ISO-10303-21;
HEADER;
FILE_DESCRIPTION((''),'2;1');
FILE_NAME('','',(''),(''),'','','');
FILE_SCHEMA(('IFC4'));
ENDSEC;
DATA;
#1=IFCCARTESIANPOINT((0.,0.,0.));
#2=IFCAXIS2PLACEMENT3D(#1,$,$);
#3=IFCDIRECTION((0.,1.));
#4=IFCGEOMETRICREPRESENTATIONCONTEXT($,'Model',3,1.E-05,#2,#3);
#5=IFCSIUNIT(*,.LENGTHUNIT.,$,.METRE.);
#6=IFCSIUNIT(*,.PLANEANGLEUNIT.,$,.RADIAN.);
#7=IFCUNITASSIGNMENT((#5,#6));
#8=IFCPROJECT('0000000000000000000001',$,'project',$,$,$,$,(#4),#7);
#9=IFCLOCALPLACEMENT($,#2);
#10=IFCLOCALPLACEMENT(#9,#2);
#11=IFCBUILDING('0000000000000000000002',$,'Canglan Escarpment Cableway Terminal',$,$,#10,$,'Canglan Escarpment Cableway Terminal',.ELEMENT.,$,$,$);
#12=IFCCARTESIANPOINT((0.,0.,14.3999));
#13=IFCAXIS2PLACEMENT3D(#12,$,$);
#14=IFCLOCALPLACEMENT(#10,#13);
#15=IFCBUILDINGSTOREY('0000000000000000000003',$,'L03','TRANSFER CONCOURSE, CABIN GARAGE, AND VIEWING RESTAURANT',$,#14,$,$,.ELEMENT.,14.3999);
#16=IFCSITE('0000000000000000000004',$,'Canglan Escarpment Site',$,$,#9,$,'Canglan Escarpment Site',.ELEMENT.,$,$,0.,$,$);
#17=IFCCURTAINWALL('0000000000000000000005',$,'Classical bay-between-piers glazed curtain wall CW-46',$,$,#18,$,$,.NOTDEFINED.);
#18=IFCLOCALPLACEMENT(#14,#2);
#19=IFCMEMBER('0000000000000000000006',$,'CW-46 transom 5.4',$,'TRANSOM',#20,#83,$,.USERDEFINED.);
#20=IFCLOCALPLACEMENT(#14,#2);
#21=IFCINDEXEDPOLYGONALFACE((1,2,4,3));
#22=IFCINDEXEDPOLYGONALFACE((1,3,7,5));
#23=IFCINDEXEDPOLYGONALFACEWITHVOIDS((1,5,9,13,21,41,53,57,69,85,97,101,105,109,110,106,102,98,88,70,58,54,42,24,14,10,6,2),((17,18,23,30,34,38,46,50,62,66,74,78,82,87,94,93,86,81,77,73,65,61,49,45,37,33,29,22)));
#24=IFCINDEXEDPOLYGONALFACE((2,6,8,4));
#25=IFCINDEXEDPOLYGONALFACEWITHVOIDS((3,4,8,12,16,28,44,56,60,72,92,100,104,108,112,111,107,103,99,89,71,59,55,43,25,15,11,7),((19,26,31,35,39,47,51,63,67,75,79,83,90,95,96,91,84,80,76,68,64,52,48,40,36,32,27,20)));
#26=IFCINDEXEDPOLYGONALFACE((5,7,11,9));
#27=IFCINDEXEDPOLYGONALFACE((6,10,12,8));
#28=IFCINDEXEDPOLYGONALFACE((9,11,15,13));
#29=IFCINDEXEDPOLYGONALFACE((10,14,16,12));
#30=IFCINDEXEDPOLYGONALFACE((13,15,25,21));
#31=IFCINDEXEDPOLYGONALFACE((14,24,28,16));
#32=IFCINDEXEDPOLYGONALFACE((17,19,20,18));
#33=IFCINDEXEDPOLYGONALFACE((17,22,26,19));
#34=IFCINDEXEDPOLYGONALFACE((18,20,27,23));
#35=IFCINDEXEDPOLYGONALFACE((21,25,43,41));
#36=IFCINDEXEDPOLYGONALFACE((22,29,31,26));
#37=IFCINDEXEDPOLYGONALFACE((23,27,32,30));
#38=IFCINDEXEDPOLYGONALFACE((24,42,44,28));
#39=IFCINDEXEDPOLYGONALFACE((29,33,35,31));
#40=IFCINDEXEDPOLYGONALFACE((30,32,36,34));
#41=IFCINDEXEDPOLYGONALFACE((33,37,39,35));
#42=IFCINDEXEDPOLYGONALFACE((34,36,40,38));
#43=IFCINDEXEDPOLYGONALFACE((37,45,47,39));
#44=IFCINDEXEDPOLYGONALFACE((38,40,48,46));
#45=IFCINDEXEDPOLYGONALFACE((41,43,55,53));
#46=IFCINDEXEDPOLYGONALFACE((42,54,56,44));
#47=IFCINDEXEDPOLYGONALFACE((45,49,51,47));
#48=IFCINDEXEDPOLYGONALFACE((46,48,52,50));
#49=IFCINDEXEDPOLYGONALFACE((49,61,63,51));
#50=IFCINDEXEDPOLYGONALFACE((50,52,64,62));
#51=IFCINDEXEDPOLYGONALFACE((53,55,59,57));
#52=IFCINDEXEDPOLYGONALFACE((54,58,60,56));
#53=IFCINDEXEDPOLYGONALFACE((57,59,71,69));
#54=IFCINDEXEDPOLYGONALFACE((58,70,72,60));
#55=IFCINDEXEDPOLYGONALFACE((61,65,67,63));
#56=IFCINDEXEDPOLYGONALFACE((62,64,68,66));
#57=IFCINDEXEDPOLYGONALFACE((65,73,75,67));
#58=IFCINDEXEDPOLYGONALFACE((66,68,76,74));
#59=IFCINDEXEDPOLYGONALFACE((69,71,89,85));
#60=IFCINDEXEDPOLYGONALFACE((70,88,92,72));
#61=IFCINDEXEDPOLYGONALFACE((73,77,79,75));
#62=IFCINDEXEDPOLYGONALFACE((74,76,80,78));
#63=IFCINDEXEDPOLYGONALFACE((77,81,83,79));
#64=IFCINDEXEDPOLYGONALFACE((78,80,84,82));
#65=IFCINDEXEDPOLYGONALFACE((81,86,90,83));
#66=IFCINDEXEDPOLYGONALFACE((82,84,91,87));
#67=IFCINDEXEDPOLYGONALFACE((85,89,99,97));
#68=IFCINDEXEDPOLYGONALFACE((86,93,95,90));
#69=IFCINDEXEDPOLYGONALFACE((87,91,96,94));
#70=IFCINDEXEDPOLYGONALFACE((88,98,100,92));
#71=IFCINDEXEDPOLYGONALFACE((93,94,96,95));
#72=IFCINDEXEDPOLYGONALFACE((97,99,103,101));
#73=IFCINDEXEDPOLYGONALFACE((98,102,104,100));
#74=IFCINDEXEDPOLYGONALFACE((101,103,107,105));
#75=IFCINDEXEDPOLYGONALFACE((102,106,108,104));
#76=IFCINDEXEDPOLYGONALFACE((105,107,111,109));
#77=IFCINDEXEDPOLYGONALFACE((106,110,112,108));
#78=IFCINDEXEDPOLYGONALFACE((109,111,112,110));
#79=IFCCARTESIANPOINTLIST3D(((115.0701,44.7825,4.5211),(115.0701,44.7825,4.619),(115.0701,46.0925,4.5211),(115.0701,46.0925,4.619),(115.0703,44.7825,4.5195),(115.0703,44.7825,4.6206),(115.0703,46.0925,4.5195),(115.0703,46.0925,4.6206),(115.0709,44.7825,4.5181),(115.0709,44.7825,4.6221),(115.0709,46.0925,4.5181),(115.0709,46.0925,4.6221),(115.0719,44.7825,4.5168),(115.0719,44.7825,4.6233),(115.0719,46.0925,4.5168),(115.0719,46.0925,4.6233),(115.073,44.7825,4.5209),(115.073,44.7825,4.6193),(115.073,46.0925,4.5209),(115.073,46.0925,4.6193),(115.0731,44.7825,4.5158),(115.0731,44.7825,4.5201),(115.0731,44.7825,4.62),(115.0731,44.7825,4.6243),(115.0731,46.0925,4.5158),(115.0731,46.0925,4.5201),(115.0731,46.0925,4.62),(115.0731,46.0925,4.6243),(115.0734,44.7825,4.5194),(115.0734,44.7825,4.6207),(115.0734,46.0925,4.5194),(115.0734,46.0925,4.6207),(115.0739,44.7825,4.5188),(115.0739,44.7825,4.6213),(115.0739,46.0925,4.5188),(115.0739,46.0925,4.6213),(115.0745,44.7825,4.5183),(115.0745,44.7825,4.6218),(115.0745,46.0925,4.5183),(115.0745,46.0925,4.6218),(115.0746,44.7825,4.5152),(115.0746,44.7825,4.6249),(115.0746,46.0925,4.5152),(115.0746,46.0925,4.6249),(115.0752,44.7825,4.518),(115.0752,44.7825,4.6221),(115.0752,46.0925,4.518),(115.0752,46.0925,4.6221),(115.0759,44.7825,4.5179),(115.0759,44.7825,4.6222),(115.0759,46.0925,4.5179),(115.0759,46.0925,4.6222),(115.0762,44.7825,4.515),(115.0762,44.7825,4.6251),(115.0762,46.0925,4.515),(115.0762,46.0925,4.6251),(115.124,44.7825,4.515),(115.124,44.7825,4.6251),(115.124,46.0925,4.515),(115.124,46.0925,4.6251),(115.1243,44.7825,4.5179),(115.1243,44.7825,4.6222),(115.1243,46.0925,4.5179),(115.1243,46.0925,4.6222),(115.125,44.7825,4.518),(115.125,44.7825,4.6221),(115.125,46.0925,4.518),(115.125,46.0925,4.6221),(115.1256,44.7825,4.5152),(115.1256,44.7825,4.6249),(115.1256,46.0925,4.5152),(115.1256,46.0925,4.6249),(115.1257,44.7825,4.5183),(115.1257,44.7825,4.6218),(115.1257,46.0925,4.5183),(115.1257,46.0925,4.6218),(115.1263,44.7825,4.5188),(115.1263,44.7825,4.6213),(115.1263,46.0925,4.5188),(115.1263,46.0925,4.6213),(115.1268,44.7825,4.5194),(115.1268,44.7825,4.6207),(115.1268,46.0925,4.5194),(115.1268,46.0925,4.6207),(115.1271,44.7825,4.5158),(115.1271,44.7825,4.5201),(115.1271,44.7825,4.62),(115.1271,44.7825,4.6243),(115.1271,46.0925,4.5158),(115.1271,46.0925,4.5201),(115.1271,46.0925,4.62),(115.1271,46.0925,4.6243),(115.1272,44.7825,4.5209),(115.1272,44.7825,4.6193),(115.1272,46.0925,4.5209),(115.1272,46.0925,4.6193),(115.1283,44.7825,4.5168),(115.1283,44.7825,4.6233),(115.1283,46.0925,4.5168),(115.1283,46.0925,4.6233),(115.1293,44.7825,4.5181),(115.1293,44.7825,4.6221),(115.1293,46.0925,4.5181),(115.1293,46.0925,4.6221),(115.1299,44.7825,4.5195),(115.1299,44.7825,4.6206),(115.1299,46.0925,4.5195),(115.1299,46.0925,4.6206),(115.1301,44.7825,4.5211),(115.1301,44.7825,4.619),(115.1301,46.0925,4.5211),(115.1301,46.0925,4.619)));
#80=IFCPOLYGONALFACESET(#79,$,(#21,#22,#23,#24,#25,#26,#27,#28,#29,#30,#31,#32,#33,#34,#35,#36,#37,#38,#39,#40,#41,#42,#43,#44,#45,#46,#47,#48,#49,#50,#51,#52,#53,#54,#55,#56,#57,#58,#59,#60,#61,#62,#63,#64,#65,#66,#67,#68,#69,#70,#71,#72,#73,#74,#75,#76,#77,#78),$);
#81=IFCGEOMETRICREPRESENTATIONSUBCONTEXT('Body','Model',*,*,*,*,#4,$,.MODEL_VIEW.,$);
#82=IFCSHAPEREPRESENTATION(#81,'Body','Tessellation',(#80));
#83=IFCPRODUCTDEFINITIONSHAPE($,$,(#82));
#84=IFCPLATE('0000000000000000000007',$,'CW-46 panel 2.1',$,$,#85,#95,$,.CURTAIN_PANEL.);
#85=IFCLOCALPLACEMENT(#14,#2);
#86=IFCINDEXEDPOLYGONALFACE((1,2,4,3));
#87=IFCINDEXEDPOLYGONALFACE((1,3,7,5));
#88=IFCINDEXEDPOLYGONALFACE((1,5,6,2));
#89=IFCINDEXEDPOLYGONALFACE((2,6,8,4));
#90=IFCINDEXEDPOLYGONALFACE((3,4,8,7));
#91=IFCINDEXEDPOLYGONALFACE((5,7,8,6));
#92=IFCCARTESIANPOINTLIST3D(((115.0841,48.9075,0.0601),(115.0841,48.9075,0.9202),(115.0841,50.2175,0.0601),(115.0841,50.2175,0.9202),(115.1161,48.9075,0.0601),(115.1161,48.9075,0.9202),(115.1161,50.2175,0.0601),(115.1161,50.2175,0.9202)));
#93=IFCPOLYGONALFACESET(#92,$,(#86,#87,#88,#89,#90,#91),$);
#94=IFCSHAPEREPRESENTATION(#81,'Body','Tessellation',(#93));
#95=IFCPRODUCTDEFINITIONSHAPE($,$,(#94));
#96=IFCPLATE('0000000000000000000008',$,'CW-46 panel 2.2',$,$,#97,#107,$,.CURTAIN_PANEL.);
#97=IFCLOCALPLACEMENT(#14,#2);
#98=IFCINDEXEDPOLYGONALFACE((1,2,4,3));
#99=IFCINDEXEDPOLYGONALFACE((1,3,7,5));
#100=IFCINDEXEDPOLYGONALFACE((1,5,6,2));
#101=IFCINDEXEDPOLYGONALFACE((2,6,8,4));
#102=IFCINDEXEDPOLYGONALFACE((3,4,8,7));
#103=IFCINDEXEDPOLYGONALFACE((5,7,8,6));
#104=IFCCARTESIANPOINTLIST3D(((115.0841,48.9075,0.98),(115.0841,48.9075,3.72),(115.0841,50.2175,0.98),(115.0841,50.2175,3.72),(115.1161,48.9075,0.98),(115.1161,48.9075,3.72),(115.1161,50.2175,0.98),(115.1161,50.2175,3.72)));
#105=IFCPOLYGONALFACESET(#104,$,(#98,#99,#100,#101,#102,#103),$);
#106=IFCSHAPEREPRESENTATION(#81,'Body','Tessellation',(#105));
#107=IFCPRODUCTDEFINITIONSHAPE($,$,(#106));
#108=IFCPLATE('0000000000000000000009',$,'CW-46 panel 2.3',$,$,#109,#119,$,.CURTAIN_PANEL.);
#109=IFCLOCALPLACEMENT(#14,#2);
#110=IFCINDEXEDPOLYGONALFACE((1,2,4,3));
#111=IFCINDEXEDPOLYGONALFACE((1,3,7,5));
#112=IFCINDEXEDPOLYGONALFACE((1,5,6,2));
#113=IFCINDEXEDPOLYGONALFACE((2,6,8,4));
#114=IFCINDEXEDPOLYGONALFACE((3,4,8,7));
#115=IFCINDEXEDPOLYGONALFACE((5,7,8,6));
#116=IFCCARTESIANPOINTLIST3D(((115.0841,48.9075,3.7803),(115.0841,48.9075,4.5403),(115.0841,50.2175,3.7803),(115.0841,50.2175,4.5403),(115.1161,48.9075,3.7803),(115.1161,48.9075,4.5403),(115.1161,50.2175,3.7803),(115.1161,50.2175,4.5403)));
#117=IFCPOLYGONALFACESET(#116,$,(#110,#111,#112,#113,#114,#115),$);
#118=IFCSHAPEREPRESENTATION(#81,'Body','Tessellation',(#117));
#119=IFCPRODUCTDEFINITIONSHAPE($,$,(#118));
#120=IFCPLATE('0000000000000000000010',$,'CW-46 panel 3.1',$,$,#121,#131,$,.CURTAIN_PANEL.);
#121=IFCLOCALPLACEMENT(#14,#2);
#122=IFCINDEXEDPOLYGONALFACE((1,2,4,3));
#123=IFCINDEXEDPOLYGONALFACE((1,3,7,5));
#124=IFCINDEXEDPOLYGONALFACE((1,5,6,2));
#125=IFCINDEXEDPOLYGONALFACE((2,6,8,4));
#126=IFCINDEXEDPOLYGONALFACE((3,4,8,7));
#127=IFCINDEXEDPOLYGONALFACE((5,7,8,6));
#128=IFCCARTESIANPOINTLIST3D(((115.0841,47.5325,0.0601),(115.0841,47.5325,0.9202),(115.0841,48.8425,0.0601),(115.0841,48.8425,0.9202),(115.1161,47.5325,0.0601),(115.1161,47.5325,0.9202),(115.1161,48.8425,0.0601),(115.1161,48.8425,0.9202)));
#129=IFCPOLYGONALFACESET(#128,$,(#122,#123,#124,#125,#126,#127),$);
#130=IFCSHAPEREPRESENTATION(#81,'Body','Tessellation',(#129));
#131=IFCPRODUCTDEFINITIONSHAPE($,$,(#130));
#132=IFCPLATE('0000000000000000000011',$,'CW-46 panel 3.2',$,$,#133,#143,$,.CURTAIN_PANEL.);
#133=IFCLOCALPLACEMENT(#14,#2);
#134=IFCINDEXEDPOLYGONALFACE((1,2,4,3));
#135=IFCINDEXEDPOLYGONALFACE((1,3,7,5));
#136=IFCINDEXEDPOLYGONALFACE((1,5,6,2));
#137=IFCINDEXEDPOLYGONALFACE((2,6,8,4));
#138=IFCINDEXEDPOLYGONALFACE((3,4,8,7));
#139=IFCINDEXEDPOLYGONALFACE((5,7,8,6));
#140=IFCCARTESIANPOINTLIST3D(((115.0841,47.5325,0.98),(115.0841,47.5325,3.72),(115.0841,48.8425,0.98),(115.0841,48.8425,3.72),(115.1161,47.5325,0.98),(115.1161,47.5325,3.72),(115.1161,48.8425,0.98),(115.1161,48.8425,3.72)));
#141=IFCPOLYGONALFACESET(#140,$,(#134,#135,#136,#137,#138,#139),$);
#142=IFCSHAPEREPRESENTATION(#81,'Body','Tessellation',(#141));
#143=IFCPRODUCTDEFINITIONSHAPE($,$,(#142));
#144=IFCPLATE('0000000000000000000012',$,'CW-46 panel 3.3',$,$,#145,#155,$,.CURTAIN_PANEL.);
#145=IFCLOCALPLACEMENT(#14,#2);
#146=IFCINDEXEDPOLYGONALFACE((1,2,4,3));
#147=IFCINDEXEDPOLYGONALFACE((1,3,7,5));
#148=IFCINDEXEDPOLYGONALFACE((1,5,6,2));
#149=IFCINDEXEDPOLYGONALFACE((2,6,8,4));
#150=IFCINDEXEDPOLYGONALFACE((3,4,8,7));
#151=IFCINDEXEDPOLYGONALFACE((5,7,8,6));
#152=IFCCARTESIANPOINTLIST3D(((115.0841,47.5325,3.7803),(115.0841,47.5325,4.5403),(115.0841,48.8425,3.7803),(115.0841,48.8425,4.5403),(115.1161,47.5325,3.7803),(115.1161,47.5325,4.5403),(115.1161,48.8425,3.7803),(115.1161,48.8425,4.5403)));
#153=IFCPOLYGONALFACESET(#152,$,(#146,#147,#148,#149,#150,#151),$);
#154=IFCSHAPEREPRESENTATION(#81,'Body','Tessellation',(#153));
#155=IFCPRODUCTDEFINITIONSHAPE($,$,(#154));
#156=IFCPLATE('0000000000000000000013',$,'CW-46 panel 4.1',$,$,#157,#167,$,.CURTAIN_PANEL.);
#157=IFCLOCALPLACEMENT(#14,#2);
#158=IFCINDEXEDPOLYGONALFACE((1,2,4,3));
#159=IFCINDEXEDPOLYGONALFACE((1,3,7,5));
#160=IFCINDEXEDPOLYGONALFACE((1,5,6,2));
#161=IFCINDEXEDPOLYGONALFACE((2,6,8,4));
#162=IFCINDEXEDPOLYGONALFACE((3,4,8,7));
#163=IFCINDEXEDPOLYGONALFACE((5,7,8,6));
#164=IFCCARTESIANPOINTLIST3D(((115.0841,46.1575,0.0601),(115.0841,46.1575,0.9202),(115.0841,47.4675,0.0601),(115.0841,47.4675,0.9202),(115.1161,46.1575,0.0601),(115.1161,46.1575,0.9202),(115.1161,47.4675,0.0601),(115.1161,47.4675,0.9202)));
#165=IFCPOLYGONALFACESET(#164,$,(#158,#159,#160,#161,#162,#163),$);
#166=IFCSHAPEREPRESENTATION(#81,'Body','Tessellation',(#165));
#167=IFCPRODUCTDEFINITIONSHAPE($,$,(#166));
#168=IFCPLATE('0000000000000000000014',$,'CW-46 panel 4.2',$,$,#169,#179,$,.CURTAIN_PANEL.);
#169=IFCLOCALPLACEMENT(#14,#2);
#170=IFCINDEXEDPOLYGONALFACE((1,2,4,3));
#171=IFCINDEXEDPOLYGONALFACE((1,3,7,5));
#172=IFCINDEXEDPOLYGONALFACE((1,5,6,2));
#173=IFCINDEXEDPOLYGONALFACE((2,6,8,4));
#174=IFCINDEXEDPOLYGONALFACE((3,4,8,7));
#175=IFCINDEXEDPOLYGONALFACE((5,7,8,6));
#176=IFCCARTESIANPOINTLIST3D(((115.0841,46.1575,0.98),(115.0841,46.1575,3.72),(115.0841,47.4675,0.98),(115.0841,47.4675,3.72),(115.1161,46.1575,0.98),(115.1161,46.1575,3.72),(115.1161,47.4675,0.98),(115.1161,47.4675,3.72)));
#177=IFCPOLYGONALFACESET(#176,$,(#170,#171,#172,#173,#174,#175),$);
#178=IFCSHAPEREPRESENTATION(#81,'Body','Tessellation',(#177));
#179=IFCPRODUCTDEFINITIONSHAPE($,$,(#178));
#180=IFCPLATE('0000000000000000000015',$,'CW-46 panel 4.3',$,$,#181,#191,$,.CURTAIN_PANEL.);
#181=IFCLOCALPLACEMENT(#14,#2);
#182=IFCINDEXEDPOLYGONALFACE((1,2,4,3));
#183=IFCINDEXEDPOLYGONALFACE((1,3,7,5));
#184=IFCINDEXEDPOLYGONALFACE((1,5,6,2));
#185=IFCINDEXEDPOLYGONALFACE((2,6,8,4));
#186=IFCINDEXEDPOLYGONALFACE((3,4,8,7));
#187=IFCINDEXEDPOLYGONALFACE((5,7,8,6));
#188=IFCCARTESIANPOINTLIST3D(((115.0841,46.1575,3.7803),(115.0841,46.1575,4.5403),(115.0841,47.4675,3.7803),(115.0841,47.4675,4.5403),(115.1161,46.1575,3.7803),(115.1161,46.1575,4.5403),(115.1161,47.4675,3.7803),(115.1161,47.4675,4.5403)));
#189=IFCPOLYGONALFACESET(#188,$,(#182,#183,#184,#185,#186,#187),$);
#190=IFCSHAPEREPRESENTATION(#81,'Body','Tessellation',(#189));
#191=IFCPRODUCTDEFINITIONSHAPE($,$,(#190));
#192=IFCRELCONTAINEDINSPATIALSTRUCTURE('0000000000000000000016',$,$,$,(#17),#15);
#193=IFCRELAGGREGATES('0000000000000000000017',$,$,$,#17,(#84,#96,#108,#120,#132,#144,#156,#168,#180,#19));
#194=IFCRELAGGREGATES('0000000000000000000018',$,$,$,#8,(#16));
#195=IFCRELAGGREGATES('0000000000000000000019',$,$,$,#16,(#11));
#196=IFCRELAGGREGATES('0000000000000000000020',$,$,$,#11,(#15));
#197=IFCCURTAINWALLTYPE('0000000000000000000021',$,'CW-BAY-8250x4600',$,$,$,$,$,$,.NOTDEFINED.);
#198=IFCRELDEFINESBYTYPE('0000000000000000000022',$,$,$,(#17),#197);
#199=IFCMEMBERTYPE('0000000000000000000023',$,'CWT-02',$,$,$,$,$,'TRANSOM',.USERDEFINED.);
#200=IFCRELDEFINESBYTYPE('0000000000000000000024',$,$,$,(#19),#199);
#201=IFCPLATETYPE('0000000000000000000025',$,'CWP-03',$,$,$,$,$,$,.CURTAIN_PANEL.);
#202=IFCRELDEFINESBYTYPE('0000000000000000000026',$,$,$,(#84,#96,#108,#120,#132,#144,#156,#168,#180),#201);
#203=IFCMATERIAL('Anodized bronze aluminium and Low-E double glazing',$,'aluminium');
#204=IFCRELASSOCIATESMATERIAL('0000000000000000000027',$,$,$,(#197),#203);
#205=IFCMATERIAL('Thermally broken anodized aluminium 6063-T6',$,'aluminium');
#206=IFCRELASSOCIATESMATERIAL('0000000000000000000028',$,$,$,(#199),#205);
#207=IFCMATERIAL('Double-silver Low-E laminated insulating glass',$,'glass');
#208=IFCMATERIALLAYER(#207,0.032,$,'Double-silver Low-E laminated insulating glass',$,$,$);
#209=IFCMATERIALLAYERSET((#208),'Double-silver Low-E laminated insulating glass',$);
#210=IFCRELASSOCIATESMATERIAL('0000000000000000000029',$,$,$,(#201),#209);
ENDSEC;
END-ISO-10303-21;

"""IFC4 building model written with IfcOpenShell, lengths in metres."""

from ifc_helpers import new_model, si_unit, direction, frame, origin, origin_2d, place, context, subcontext, project, spatial, rectangle, hollow_rectangle, extrude, material, layer, layer_set, material_profile, profile_set, type_object, element, aggregate, save


model = new_model("IFC4")

# Units and contexts
model_context = context("Model", 3, precision=1e-05, world=origin(), true_north=direction((0.0, 1.0)))
body_context = subcontext(model_context, "Body", "Model", "MODEL_VIEW")
ifc_project = project(units=[si_unit("LENGTHUNIT", "METRE"), si_unit("PLANEANGLEUNIT", "RADIAN")], contexts=[model_context])

# Site, building, storey
site_placement = place(None, origin())
site = spatial("IfcSite", under=ifc_project, at=site_placement, Name="Canglan Escarpment Site", LongName="Canglan Escarpment Site", CompositionType="ELEMENT", RefElevation=0.0)
building_placement = place(site_placement, origin())
building = spatial("IfcBuilding", under=site, at=building_placement, Name="Canglan Escarpment Cableway Terminal", LongName="Canglan Escarpment Cableway Terminal", CompositionType="ELEMENT")
storey_placement = place(building_placement, frame((0.0, 0.0, 14.3999)))
storey = spatial("IfcBuildingStorey", under=building, at=storey_placement, Name="L03", Description="TRANSFER CONCOURSE, CABIN GARAGE, AND VIEWING RESTAURANT", CompositionType="ELEMENT", Elevation=14.3999)

# Curtain wall, member, plates
ifc_material_1 = material(Name="Anodized bronze aluminium and Low-E double glazing", Category="aluminium")
curtain_wall_type = type_object("IfcCurtainWallType", Name="CW-BAY-8250x4600", PredefinedType="NOTDEFINED", material=ifc_material_1)
curtain_wall_placement = place(storey_placement, origin())
curtain_wall = element("IfcCurtainWall", 1, at=curtain_wall_placement, inside=storey, type_object=curtain_wall_type, Name="Classical bay-between-piers glazed curtain wall CW-46", PredefinedType="NOTDEFINED")
ifc_material_2 = material(Name="Thermally broken anodized aluminium 6063-T6", Category="aluminium")
ifc_material_profile_1 = material_profile(ifc_material_2, hollow_rectangle(XDim=0.0601, YDim=0.1101, WallThickness=0.0029, InnerFilletRadius=0.0029, OuterFilletRadius=0.0061, at=origin_2d()), Name="ALU-TRAN 60x110x3")
ifc_profile_set_1 = profile_set([ifc_material_profile_1], Name="Thermally broken anodized aluminium 6063-T6")
member_type_1 = type_object("IfcMemberType", Name="CWT-02", ElementType="TRANSOM", PredefinedType="USERDEFINED", material=ifc_profile_set_1)
member_1_placement = place(storey_placement, frame((115.1001, 46.0925, 4.5701), z_axis=(0.0, -1.0, 0.0), x_axis=(1.0, 0.0, 0.0)))
member_1 = element("IfcMember", 2, at=member_1_placement, type_object=member_type_1, Name="CW-46 transom 5.4", ObjectType="TRANSOM", PredefinedType="USERDEFINED", context=body_context, shape_type="SweptSolid", body=[
    extrude(hollow_rectangle(XDim=0.0601, YDim=0.1101, WallThickness=0.0029, InnerFilletRadius=0.0029, OuterFilletRadius=0.0061, at=origin_2d()), origin(), (0.0, 0.0, 1.0), 1.3101),
])
ifc_material_3 = material(Name="Double-silver Low-E laminated insulating glass", Category="glass")
ifc_layer_1 = layer(ifc_material_3, 0.032, Name="Double-silver Low-E laminated insulating glass")
ifc_layer_set_1 = layer_set([ifc_layer_1], Name="Double-silver Low-E laminated insulating glass")
plate_type = type_object("IfcPlateType", Name="CWP-03", PredefinedType="CURTAIN_PANEL", material=ifc_layer_set_1)
plate_1_placement = place(storey_placement, frame((115.1001, 49.5625, 0.0601), z_axis=(0.0, 0.0, 1.0), x_axis=(0.0, -1.0, 0.0)))
plate_1 = element("IfcPlate", 3, at=plate_1_placement, type_object=plate_type, Name="CW-46 panel 2.1", PredefinedType="CURTAIN_PANEL", context=body_context, shape_type="SweptSolid", body=[
    extrude(rectangle(XDim=1.3101, YDim=0.032, at=origin_2d()), origin(), (0.0, 0.0, 1.0), 0.8601),
])
plate_2_placement = place(storey_placement, frame((115.1001, 49.5625, 0.98), z_axis=(0.0, 0.0, 1.0), x_axis=(0.0, -1.0, 0.0)))
plate_2 = element("IfcPlate", 4, at=plate_2_placement, type_object=plate_type, Name="CW-46 panel 2.2", PredefinedType="CURTAIN_PANEL", context=body_context, shape_type="SweptSolid", body=[
    extrude(rectangle(XDim=1.3101, YDim=0.032, at=origin_2d()), origin(), (0.0, 0.0, 1.0), 2.74),
])
plate_3_placement = place(storey_placement, frame((115.1001, 49.5625, 3.7803), z_axis=(0.0, 0.0, 1.0), x_axis=(0.0, -1.0, 0.0)))
plate_3 = element("IfcPlate", 5, at=plate_3_placement, type_object=plate_type, Name="CW-46 panel 2.3", PredefinedType="CURTAIN_PANEL", context=body_context, shape_type="SweptSolid", body=[
    extrude(rectangle(XDim=1.3101, YDim=0.032, at=origin_2d()), origin(), (0.0, 0.0, 1.0), 0.76),
])
plate_4_placement = place(storey_placement, frame((115.1001, 48.1875, 0.0601), z_axis=(0.0, 0.0, 1.0), x_axis=(0.0, -1.0, 0.0)))
plate_4 = element("IfcPlate", 6, at=plate_4_placement, type_object=plate_type, Name="CW-46 panel 3.1", PredefinedType="CURTAIN_PANEL", context=body_context, shape_type="SweptSolid", body=[
    extrude(rectangle(XDim=1.3101, YDim=0.032, at=origin_2d()), origin(), (0.0, 0.0, 1.0), 0.8601),
])
plate_5_placement = place(storey_placement, frame((115.1001, 48.1875, 0.98), z_axis=(0.0, 0.0, 1.0), x_axis=(0.0, -1.0, 0.0)))
plate_5 = element("IfcPlate", 7, at=plate_5_placement, type_object=plate_type, Name="CW-46 panel 3.2", PredefinedType="CURTAIN_PANEL", context=body_context, shape_type="SweptSolid", body=[
    extrude(rectangle(XDim=1.3101, YDim=0.032, at=origin_2d()), origin(), (0.0, 0.0, 1.0), 2.74),
])
plate_6_placement = place(storey_placement, frame((115.1001, 48.1875, 3.7803), z_axis=(0.0, 0.0, 1.0), x_axis=(0.0, -1.0, 0.0)))
plate_6 = element("IfcPlate", 8, at=plate_6_placement, type_object=plate_type, Name="CW-46 panel 3.3", PredefinedType="CURTAIN_PANEL", context=body_context, shape_type="SweptSolid", body=[
    extrude(rectangle(XDim=1.3101, YDim=0.032, at=origin_2d()), origin(), (0.0, 0.0, 1.0), 0.76),
])
plate_7_placement = place(storey_placement, frame((115.1001, 46.8125, 0.0601), z_axis=(0.0, 0.0, 1.0), x_axis=(0.0, -1.0, 0.0)))
plate_7 = element("IfcPlate", 9, at=plate_7_placement, type_object=plate_type, Name="CW-46 panel 4.1", PredefinedType="CURTAIN_PANEL", context=body_context, shape_type="SweptSolid", body=[
    extrude(rectangle(XDim=1.3101, YDim=0.032, at=origin_2d()), origin(), (0.0, 0.0, 1.0), 0.8601),
])
plate_8_placement = place(storey_placement, frame((115.1001, 46.8125, 0.98), z_axis=(0.0, 0.0, 1.0), x_axis=(0.0, -1.0, 0.0)))
plate_8 = element("IfcPlate", 10, at=plate_8_placement, type_object=plate_type, Name="CW-46 panel 4.2", PredefinedType="CURTAIN_PANEL", context=body_context, shape_type="SweptSolid", body=[
    extrude(rectangle(XDim=1.3101, YDim=0.032, at=origin_2d()), origin(), (0.0, 0.0, 1.0), 2.74),
])
plate_9_placement = place(storey_placement, frame((115.1001, 46.8125, 3.7803), z_axis=(0.0, 0.0, 1.0), x_axis=(0.0, -1.0, 0.0)))
plate_9 = element("IfcPlate", 11, at=plate_9_placement, type_object=plate_type, Name="CW-46 panel 4.3", PredefinedType="CURTAIN_PANEL", context=body_context, shape_type="SweptSolid", body=[
    extrude(rectangle(XDim=1.3101, YDim=0.032, at=origin_2d()), origin(), (0.0, 0.0, 1.0), 0.76),
])
aggregate(curtain_wall, [plate_1, plate_2, plate_3, plate_4, plate_5, plate_6, plate_7, plate_8, plate_9, member_1])

save(model, "model.ifc")
